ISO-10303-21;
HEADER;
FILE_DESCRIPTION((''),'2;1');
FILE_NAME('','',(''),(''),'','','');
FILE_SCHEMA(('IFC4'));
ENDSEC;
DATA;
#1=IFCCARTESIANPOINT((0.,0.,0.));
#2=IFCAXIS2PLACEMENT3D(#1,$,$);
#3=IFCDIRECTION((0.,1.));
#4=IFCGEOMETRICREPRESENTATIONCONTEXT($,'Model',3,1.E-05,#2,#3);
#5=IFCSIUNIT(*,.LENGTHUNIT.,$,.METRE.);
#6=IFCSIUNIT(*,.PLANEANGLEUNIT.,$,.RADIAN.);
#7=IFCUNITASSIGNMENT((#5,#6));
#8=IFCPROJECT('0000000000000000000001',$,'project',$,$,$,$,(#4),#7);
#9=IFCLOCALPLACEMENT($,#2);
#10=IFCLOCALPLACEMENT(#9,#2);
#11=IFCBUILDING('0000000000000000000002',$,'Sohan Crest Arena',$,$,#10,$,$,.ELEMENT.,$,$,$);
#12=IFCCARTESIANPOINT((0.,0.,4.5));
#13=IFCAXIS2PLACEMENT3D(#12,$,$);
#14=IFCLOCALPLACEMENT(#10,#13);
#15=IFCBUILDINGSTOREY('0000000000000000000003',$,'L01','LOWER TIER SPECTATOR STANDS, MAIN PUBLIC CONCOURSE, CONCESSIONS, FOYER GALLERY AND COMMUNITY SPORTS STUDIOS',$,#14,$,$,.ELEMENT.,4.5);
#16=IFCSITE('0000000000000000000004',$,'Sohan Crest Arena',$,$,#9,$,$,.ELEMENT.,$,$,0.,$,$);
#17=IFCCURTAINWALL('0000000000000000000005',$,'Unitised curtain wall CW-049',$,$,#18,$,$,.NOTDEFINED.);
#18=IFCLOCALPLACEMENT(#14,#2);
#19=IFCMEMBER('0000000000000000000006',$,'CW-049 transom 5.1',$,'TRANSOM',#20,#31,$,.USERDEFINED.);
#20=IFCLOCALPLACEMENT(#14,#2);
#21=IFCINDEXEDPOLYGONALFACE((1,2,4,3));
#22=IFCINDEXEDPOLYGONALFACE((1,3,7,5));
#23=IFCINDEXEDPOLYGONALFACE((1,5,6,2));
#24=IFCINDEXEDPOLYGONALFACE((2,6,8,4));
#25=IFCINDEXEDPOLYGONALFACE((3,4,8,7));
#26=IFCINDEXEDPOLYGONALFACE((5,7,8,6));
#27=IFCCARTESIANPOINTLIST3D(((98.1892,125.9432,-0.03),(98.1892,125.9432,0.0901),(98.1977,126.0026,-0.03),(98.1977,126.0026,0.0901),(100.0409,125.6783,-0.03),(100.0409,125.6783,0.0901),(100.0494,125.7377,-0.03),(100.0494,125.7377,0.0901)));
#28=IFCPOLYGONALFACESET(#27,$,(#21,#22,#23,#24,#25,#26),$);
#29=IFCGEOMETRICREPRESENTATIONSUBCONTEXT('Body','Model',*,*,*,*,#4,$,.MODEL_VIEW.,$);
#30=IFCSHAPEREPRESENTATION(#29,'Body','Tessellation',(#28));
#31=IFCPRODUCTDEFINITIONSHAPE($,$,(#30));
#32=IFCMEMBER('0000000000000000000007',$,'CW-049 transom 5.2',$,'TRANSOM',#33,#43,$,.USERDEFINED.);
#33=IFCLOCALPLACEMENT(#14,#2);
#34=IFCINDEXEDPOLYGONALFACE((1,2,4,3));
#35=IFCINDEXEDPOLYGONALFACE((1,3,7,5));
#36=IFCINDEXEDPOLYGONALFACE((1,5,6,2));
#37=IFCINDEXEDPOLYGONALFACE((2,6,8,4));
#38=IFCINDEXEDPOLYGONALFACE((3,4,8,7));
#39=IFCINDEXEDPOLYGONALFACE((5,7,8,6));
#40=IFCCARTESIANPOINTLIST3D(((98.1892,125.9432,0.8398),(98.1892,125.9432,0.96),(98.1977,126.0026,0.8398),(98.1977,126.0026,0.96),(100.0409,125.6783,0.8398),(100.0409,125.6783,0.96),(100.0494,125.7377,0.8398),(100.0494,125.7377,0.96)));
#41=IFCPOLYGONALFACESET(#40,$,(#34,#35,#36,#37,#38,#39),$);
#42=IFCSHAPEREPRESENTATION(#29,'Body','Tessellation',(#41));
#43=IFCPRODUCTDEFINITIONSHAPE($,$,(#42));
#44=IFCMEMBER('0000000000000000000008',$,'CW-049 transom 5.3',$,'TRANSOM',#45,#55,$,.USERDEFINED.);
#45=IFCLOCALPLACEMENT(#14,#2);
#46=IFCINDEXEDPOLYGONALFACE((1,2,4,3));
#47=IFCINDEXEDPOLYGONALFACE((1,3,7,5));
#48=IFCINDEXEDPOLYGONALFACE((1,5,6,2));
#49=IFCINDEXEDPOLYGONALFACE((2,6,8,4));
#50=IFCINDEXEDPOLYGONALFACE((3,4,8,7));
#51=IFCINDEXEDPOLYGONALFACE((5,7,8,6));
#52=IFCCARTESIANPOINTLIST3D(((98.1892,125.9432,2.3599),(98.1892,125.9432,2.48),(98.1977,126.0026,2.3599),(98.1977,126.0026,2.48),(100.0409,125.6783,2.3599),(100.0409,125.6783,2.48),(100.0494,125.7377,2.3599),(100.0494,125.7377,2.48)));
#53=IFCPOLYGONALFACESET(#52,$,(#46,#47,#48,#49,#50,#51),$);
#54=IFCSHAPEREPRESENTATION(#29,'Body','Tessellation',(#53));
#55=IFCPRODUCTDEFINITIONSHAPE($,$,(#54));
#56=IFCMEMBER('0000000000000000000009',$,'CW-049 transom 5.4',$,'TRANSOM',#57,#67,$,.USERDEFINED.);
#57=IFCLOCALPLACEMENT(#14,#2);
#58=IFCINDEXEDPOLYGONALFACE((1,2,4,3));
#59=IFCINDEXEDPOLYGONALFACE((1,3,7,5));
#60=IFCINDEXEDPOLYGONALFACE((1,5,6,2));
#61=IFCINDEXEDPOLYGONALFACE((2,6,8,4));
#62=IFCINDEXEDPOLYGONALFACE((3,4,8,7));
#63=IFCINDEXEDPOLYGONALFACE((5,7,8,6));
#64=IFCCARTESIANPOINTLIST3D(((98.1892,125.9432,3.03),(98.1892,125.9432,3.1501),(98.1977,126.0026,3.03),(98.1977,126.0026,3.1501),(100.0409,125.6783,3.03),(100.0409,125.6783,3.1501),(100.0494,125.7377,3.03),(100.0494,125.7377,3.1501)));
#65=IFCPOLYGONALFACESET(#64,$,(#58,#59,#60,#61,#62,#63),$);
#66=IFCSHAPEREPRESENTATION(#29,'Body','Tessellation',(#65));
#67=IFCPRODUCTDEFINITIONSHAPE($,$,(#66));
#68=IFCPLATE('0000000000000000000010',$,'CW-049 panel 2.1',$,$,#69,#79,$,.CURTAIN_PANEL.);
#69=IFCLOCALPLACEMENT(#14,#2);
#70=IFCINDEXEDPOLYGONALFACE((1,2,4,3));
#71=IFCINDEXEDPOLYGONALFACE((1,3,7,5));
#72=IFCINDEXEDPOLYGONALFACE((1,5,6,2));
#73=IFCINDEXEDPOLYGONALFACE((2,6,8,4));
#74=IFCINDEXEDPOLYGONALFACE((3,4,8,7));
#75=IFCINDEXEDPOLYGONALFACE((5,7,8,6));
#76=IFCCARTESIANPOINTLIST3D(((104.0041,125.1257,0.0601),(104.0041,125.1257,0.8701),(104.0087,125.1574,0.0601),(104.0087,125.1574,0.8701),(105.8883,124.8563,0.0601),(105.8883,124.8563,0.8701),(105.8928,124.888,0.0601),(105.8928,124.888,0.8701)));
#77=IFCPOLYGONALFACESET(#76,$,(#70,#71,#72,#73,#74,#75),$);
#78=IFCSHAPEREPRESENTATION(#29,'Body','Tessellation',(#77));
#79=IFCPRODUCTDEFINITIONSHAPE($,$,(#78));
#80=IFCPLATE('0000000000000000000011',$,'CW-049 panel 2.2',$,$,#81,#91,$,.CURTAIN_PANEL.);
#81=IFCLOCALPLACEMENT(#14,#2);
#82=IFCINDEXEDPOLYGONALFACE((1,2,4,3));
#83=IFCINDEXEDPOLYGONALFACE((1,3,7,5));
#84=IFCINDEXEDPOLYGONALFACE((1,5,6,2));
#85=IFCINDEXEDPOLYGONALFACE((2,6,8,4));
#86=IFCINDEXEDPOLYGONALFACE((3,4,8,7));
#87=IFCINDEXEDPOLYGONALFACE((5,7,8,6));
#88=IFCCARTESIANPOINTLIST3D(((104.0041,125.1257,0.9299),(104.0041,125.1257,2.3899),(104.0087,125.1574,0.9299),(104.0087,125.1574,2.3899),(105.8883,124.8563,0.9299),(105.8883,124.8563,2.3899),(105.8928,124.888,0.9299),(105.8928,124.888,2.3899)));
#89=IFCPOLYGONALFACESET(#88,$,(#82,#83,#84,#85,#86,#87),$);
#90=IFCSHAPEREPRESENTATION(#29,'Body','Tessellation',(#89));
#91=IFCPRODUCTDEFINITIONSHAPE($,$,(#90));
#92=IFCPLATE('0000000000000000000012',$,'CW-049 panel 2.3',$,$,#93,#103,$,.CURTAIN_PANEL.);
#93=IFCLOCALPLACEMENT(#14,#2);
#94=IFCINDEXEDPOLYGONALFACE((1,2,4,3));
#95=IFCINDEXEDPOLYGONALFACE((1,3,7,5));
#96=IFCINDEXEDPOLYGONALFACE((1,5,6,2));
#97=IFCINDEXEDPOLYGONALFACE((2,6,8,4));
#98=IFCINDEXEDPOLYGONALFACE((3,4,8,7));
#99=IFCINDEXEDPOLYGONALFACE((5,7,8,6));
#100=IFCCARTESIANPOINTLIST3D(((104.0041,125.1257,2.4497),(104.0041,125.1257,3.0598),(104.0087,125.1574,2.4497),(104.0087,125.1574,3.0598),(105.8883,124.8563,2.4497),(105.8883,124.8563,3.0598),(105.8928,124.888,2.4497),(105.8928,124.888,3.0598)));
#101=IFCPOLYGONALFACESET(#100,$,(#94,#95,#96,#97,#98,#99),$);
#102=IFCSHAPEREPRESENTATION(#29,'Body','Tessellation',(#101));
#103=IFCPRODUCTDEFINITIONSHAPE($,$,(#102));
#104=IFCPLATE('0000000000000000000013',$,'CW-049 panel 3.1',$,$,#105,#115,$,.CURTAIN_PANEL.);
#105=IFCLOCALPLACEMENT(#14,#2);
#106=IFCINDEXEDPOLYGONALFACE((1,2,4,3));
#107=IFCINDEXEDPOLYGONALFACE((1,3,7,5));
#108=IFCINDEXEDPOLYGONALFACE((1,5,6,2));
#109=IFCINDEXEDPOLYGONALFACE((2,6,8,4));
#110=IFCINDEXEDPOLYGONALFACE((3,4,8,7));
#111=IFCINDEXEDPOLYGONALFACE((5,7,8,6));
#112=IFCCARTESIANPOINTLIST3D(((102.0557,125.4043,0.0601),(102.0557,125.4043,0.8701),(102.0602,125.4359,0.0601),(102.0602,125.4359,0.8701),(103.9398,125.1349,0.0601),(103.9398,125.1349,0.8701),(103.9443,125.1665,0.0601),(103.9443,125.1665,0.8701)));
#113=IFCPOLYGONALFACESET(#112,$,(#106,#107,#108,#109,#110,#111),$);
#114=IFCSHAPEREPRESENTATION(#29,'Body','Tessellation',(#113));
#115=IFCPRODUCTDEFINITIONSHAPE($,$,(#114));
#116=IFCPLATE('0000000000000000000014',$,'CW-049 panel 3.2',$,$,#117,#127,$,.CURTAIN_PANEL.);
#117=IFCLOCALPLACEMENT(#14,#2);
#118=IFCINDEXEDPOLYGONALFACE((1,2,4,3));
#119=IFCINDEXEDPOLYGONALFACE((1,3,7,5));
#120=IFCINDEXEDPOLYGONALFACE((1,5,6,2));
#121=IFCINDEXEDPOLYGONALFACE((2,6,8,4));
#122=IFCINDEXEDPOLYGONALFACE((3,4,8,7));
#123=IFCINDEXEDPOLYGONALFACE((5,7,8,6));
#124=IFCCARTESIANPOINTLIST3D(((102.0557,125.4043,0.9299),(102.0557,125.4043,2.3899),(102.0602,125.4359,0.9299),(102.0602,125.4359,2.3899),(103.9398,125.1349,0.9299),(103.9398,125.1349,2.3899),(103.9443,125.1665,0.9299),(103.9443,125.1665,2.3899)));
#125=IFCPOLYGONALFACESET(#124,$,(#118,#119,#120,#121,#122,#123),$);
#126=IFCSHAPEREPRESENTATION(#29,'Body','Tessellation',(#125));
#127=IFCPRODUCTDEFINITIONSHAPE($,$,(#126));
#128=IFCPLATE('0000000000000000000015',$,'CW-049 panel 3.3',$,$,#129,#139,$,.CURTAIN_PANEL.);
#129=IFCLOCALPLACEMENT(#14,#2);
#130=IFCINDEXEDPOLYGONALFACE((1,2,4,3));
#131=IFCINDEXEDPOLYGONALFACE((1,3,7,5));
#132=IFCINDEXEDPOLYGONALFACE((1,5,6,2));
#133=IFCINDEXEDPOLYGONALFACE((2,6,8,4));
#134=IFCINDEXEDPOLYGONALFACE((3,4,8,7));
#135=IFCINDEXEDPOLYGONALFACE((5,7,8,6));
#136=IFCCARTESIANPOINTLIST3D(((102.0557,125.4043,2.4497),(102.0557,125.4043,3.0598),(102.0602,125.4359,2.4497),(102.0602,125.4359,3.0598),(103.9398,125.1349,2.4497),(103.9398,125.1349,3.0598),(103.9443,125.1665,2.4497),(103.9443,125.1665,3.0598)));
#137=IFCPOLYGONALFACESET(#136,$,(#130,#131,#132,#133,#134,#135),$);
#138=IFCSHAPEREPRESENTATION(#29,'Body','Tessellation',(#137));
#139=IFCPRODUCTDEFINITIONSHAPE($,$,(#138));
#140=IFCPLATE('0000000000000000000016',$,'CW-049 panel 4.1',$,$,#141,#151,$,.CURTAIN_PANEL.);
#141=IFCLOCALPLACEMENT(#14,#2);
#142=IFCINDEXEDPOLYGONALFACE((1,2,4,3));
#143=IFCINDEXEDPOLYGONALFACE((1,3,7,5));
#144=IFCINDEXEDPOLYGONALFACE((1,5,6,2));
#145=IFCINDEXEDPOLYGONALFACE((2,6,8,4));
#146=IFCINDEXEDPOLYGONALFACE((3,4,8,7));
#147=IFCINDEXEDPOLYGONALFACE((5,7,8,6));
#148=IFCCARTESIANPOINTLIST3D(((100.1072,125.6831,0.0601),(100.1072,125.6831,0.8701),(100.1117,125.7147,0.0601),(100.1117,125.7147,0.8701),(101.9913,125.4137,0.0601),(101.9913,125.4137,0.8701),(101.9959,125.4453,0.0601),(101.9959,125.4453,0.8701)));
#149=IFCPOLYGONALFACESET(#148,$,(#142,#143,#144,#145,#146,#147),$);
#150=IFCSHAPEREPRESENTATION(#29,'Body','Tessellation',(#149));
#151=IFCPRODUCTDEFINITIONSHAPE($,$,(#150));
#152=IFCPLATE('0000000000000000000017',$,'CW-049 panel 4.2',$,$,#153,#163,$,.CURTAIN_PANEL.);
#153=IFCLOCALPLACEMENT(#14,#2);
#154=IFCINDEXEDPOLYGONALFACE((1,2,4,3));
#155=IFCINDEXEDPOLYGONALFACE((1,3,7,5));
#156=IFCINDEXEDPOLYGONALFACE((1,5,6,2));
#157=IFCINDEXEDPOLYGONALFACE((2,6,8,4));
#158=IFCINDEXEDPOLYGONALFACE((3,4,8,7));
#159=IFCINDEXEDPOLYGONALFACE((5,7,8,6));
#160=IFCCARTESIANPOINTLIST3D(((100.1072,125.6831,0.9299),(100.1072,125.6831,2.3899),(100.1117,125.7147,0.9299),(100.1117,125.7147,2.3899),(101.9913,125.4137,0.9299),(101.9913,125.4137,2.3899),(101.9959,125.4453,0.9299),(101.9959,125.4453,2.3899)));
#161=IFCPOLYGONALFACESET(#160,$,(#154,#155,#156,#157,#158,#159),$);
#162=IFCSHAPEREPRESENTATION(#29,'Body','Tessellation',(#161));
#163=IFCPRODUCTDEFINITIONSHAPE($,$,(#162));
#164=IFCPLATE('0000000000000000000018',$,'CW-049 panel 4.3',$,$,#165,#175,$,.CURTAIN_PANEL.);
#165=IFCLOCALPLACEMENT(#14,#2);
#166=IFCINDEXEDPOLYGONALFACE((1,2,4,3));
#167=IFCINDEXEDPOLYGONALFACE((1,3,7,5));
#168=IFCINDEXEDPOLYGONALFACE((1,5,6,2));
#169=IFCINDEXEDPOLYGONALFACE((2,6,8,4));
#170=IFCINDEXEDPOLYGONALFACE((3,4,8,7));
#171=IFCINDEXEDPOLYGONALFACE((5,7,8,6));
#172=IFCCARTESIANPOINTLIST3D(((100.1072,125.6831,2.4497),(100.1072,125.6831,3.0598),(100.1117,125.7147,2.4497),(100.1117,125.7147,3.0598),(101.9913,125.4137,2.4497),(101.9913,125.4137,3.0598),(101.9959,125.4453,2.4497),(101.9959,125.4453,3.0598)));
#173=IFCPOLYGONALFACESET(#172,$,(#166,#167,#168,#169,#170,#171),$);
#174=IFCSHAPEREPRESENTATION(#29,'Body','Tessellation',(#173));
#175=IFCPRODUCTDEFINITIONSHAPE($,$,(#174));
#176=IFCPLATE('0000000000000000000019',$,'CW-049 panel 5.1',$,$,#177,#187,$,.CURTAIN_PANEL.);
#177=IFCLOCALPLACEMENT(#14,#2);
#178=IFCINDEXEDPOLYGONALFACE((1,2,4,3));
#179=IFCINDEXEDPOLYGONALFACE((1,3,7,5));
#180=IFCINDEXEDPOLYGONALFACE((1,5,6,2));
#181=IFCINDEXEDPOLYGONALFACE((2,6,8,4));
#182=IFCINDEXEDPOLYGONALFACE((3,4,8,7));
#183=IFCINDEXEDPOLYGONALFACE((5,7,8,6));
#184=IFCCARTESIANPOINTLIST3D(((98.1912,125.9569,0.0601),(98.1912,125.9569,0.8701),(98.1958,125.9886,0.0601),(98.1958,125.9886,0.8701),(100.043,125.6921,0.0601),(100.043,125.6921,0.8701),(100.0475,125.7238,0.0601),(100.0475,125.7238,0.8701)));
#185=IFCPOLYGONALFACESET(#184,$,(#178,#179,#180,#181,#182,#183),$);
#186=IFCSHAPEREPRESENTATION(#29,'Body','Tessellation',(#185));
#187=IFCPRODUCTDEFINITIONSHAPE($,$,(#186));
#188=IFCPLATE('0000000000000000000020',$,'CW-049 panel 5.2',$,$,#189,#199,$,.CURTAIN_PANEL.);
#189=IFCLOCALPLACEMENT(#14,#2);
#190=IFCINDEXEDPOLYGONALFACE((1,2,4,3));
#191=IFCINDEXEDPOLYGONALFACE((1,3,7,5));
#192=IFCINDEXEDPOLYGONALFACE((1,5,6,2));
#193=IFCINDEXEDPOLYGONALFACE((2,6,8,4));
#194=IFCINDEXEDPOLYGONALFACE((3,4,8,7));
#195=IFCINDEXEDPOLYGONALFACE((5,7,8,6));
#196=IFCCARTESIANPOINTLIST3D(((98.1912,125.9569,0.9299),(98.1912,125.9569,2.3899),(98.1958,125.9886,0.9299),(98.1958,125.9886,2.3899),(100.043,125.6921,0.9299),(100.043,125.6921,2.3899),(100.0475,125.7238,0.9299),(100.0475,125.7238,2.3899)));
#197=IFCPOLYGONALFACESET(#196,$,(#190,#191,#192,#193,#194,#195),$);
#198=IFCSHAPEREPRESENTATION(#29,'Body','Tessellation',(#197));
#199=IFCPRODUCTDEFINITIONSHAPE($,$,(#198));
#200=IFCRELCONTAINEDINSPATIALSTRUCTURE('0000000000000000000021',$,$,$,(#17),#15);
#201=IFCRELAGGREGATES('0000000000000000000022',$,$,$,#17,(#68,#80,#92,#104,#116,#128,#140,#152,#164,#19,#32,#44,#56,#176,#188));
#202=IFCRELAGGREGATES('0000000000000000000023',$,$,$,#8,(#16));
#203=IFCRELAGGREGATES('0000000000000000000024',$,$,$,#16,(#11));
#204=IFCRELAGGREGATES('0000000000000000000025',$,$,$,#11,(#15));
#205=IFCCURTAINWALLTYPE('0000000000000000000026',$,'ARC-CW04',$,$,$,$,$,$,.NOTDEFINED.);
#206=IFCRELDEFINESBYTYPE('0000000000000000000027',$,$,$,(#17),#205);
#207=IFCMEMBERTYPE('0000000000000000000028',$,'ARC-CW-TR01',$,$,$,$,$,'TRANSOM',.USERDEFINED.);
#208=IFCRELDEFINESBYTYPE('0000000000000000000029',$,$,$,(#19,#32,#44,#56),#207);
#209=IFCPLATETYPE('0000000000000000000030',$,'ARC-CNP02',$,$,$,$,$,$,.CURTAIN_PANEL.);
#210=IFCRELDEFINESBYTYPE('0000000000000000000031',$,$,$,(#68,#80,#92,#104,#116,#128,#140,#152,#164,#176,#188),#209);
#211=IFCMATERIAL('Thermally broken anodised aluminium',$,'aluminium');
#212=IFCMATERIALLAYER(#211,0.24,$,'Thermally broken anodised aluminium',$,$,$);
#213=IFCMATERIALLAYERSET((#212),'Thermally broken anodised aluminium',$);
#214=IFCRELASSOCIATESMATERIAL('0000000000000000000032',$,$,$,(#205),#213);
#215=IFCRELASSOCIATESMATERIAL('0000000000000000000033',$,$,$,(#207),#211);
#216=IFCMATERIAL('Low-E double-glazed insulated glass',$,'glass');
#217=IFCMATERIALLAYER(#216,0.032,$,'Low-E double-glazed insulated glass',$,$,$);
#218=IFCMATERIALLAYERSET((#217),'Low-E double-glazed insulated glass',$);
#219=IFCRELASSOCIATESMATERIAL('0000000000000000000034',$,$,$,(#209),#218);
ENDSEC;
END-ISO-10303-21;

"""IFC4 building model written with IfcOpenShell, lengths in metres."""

from ifc_helpers import new_model, si_unit, direction, frame, origin, origin_2d, place, context, subcontext, project, spatial, rectangle, extrude, material, layer, layer_set, material_profile, profile_set, type_object, element, aggregate, save


model = new_model("IFC4")

# Units and contexts
model_context = context("Model", 3, precision=1e-05, world=origin(), true_north=direction((0.0, 1.0)))
body_context = subcontext(model_context, "Body", "Model", "MODEL_VIEW")
ifc_project = project(units=[si_unit("LENGTHUNIT", "METRE"), si_unit("PLANEANGLEUNIT", "RADIAN")], contexts=[model_context])

# Site, building, storey
site_placement = place(None, origin())
site = spatial("IfcSite", under=ifc_project, at=site_placement, Name="Sohan Crest Arena", CompositionType="ELEMENT", RefElevation=0.0)
building_placement = place(site_placement, origin())
building = spatial("IfcBuilding", under=site, at=building_placement, Name="Sohan Crest Arena", CompositionType="ELEMENT")
storey_placement = place(building_placement, frame((0.0, 0.0, 4.5)))
storey = spatial("IfcBuildingStorey", under=building, at=storey_placement, Name="L01", Description="LOWER TIER SPECTATOR STANDS, MAIN PUBLIC CONCOURSE, CONCESSIONS, FOYER GALLERY AND COMMUNITY SPORTS STUDIOS", CompositionType="ELEMENT", Elevation=4.5)

# Curtain wall, members, plates
ifc_material_1 = material(Name="Thermally broken anodised aluminium", Category="aluminium")
ifc_layer_1 = layer(ifc_material_1, 0.24, Name="Thermally broken anodised aluminium")
ifc_layer_set_1 = layer_set([ifc_layer_1], Name="Thermally broken anodised aluminium")
curtain_wall_type = type_object("IfcCurtainWallType", Name="ARC-CW04", PredefinedType="NOTDEFINED", material=ifc_layer_set_1)
curtain_wall_placement = place(storey_placement, origin())
curtain_wall = element("IfcCurtainWall", 1, at=curtain_wall_placement, inside=storey, type_object=curtain_wall_type, Name="Unitised curtain wall CW-049", PredefinedType="NOTDEFINED")
ifc_material_profile_1 = material_profile(ifc_material_1, rectangle(XDim=0.0601, YDim=0.1201, at=origin_2d()), Name="ALU-TRAN 60x120")
ifc_profile_set_1 = profile_set([ifc_material_profile_1], Name="Thermally broken anodised aluminium")
member_type_1 = type_object("IfcMemberType", Name="ARC-CW-TR01", ElementType="TRANSOM", PredefinedType="USERDEFINED", material=ifc_profile_set_1)
member_1_placement = place(storey_placement, frame((100.0452, 125.708, 0.03), z_axis=(-0.989923, 0.141604, 0.0), x_axis=(-0.141604, -0.989923, 0.0)))
member_1 = element("IfcMember", 2, at=member_1_placement, type_object=member_type_1, Name="CW-049 transom 5.1", ObjectType="TRANSOM", PredefinedType="USERDEFINED", context=body_context, shape_type="SweptSolid", body=[
    extrude(rectangle(XDim=0.0601, YDim=0.1201, at=origin_2d()), origin(), (0.0, 0.0, 1.0), 1.8706),
])
member_2_placement = place(storey_placement, frame((100.0452, 125.708, 0.8999), z_axis=(-0.989923, 0.141604, 0.0), x_axis=(-0.141604, -0.989923, 0.0)))
member_2 = element("IfcMember", 3, at=member_2_placement, type_object=member_type_1, Name="CW-049 transom 5.2", ObjectType="TRANSOM", PredefinedType="USERDEFINED", context=body_context, shape_type="SweptSolid", body=[
    extrude(rectangle(XDim=0.0601, YDim=0.1201, at=origin_2d()), origin(), (0.0, 0.0, 1.0), 1.8706),
])
member_3_placement = place(storey_placement, frame((100.0452, 125.708, 2.4199), z_axis=(-0.989923, 0.141604, 0.0), x_axis=(-0.141604, -0.989923, 0.0)))
member_3 = element("IfcMember", 4, at=member_3_placement, type_object=member_type_1, Name="CW-049 transom 5.3", ObjectType="TRANSOM", PredefinedType="USERDEFINED", context=body_context, shape_type="SweptSolid", body=[
    extrude(rectangle(XDim=0.0601, YDim=0.1201, at=origin_2d()), origin(), (0.0, 0.0, 1.0), 1.8706),
])
member_4_placement = place(storey_placement, frame((100.0452, 125.708, 3.0901), z_axis=(-0.989923, 0.141604, 0.0), x_axis=(-0.141604, -0.989923, 0.0)))
member_4 = element("IfcMember", 5, at=member_4_placement, type_object=member_type_1, Name="CW-049 transom 5.4", ObjectType="TRANSOM", PredefinedType="USERDEFINED", context=body_context, shape_type="SweptSolid", body=[
    extrude(rectangle(XDim=0.0601, YDim=0.1201, at=origin_2d()), origin(), (0.0, 0.0, 1.0), 1.8706),
])
ifc_material_2 = material(Name="Low-E double-glazed insulated glass", Category="glass")
ifc_layer_2 = layer(ifc_material_2, 0.032, Name="Low-E double-glazed insulated glass")
ifc_layer_set_2 = layer_set([ifc_layer_2], Name="Low-E double-glazed insulated glass")
plate_type = type_object("IfcPlateType", Name="ARC-CNP02", PredefinedType="CURTAIN_PANEL", material=ifc_layer_set_2)
plate_1_placement = place(storey_placement, frame((104.9485, 125.0068, 0.0601), z_axis=(0.0, 0.0, 1.0), x_axis=(-0.989931, 0.141549, 0.0)))
plate_1 = element("IfcPlate", 6, at=plate_1_placement, type_object=plate_type, Name="CW-049 panel 2.1", PredefinedType="CURTAIN_PANEL", context=body_context, shape_type="SweptSolid", body=[
    extrude(rectangle(XDim=1.9033, YDim=0.032, at=origin_2d()), origin(), (0.0, 0.0, 1.0), 0.8101),
])
plate_2_placement = place(storey_placement, frame((104.9485, 125.0068, 0.9299), z_axis=(0.0, 0.0, 1.0), x_axis=(-0.989931, 0.141549, 0.0)))
plate_2 = element("IfcPlate", 7, at=plate_2_placement, type_object=plate_type, Name="CW-049 panel 2.2", PredefinedType="CURTAIN_PANEL", context=body_context, shape_type="SweptSolid", body=[
    extrude(rectangle(XDim=1.9033, YDim=0.032, at=origin_2d()), origin(), (0.0, 0.0, 1.0), 1.46),
])
plate_3_placement = place(storey_placement, frame((104.9485, 125.0068, 2.4497), z_axis=(0.0, 0.0, 1.0), x_axis=(-0.989931, 0.141549, 0.0)))
plate_3 = element("IfcPlate", 8, at=plate_3_placement, type_object=plate_type, Name="CW-049 panel 2.3", PredefinedType="CURTAIN_PANEL", context=body_context, shape_type="SweptSolid", body=[
    extrude(rectangle(XDim=1.9033, YDim=0.032, at=origin_2d()), origin(), (0.0, 0.0, 1.0), 0.6101),
])
plate_4_placement = place(storey_placement, frame((103.0, 125.2854, 0.0601), z_axis=(0.0, 0.0, 1.0), x_axis=(-0.989931, 0.141549, 0.0)))
plate_4 = element("IfcPlate", 9, at=plate_4_placement, type_object=plate_type, Name="CW-049 panel 3.1", PredefinedType="CURTAIN_PANEL", context=body_context, shape_type="SweptSolid", body=[
    extrude(rectangle(XDim=1.9033, YDim=0.032, at=origin_2d()), origin(), (0.0, 0.0, 1.0), 0.8101),
])
plate_5_placement = place(storey_placement, frame((103.0, 125.2854, 0.9299), z_axis=(0.0, 0.0, 1.0), x_axis=(-0.989931, 0.141549, 0.0)))
plate_5 = element("IfcPlate", 10, at=plate_5_placement, type_object=plate_type, Name="CW-049 panel 3.2", PredefinedType="CURTAIN_PANEL", context=body_context, shape_type="SweptSolid", body=[
    extrude(rectangle(XDim=1.9033, YDim=0.032, at=origin_2d()), origin(), (0.0, 0.0, 1.0), 1.46),
])
plate_6_placement = place(storey_placement, frame((103.0, 125.2854, 2.4497), z_axis=(0.0, 0.0, 1.0), x_axis=(-0.989931, 0.141549, 0.0)))
plate_6 = element("IfcPlate", 11, at=plate_6_placement, type_object=plate_type, Name="CW-049 panel 3.3", PredefinedType="CURTAIN_PANEL", context=body_context, shape_type="SweptSolid", body=[
    extrude(rectangle(XDim=1.9033, YDim=0.032, at=origin_2d()), origin(), (0.0, 0.0, 1.0), 0.6101),
])
plate_7_placement = place(storey_placement, frame((101.0515, 125.5642, 0.0601), z_axis=(0.0, 0.0, 1.0), x_axis=(-0.989931, 0.141549, 0.0)))
plate_7 = element("IfcPlate", 12, at=plate_7_placement, type_object=plate_type, Name="CW-049 panel 4.1", PredefinedType="CURTAIN_PANEL", context=body_context, shape_type="SweptSolid", body=[
    extrude(rectangle(XDim=1.9033, YDim=0.032, at=origin_2d()), origin(), (0.0, 0.0, 1.0), 0.8101),
])
plate_8_placement = place(storey_placement, frame((101.0515, 125.5642, 0.9299), z_axis=(0.0, 0.0, 1.0), x_axis=(-0.989931, 0.141549, 0.0)))
plate_8 = element("IfcPlate", 13, at=plate_8_placement, type_object=plate_type, Name="CW-049 panel 4.2", PredefinedType="CURTAIN_PANEL", context=body_context, shape_type="SweptSolid", body=[
    extrude(rectangle(XDim=1.9033, YDim=0.032, at=origin_2d()), origin(), (0.0, 0.0, 1.0), 1.46),
])
plate_9_placement = place(storey_placement, frame((101.0515, 125.5642, 2.4497), z_axis=(0.0, 0.0, 1.0), x_axis=(-0.989931, 0.141549, 0.0)))
plate_9 = element("IfcPlate", 14, at=plate_9_placement, type_object=plate_type, Name="CW-049 panel 4.3", PredefinedType="CURTAIN_PANEL", context=body_context, shape_type="SweptSolid", body=[
    extrude(rectangle(XDim=1.9033, YDim=0.032, at=origin_2d()), origin(), (0.0, 0.0, 1.0), 0.6101),
])
plate_10_placement = place(storey_placement, frame((99.1194, 125.8403, 0.0601), z_axis=(0.0, 0.0, 1.0), x_axis=(-0.989931, 0.141549, 0.0)))
plate_10 = element("IfcPlate", 15, at=plate_10_placement, type_object=plate_type, Name="CW-049 panel 5.1", PredefinedType="CURTAIN_PANEL", context=body_context, shape_type="SweptSolid", body=[
    extrude(rectangle(XDim=1.8706, YDim=0.032, at=origin_2d()), origin(), (0.0, 0.0, 1.0), 0.8101),
])
plate_11_placement = place(storey_placement, frame((99.1194, 125.8403, 0.9299), z_axis=(0.0, 0.0, 1.0), x_axis=(-0.989931, 0.141549, 0.0)))
plate_11 = element("IfcPlate", 16, at=plate_11_placement, type_object=plate_type, Name="CW-049 panel 5.2", PredefinedType="CURTAIN_PANEL", context=body_context, shape_type="SweptSolid", body=[
    extrude(rectangle(XDim=1.8706, YDim=0.032, at=origin_2d()), origin(), (0.0, 0.0, 1.0), 1.46),
])
aggregate(curtain_wall, [plate_1, plate_2, plate_3, plate_4, plate_5, plate_6, plate_7, plate_8, plate_9, member_1, member_2, member_3, member_4, plate_10, plate_11])

save(model, "model.ifc")
